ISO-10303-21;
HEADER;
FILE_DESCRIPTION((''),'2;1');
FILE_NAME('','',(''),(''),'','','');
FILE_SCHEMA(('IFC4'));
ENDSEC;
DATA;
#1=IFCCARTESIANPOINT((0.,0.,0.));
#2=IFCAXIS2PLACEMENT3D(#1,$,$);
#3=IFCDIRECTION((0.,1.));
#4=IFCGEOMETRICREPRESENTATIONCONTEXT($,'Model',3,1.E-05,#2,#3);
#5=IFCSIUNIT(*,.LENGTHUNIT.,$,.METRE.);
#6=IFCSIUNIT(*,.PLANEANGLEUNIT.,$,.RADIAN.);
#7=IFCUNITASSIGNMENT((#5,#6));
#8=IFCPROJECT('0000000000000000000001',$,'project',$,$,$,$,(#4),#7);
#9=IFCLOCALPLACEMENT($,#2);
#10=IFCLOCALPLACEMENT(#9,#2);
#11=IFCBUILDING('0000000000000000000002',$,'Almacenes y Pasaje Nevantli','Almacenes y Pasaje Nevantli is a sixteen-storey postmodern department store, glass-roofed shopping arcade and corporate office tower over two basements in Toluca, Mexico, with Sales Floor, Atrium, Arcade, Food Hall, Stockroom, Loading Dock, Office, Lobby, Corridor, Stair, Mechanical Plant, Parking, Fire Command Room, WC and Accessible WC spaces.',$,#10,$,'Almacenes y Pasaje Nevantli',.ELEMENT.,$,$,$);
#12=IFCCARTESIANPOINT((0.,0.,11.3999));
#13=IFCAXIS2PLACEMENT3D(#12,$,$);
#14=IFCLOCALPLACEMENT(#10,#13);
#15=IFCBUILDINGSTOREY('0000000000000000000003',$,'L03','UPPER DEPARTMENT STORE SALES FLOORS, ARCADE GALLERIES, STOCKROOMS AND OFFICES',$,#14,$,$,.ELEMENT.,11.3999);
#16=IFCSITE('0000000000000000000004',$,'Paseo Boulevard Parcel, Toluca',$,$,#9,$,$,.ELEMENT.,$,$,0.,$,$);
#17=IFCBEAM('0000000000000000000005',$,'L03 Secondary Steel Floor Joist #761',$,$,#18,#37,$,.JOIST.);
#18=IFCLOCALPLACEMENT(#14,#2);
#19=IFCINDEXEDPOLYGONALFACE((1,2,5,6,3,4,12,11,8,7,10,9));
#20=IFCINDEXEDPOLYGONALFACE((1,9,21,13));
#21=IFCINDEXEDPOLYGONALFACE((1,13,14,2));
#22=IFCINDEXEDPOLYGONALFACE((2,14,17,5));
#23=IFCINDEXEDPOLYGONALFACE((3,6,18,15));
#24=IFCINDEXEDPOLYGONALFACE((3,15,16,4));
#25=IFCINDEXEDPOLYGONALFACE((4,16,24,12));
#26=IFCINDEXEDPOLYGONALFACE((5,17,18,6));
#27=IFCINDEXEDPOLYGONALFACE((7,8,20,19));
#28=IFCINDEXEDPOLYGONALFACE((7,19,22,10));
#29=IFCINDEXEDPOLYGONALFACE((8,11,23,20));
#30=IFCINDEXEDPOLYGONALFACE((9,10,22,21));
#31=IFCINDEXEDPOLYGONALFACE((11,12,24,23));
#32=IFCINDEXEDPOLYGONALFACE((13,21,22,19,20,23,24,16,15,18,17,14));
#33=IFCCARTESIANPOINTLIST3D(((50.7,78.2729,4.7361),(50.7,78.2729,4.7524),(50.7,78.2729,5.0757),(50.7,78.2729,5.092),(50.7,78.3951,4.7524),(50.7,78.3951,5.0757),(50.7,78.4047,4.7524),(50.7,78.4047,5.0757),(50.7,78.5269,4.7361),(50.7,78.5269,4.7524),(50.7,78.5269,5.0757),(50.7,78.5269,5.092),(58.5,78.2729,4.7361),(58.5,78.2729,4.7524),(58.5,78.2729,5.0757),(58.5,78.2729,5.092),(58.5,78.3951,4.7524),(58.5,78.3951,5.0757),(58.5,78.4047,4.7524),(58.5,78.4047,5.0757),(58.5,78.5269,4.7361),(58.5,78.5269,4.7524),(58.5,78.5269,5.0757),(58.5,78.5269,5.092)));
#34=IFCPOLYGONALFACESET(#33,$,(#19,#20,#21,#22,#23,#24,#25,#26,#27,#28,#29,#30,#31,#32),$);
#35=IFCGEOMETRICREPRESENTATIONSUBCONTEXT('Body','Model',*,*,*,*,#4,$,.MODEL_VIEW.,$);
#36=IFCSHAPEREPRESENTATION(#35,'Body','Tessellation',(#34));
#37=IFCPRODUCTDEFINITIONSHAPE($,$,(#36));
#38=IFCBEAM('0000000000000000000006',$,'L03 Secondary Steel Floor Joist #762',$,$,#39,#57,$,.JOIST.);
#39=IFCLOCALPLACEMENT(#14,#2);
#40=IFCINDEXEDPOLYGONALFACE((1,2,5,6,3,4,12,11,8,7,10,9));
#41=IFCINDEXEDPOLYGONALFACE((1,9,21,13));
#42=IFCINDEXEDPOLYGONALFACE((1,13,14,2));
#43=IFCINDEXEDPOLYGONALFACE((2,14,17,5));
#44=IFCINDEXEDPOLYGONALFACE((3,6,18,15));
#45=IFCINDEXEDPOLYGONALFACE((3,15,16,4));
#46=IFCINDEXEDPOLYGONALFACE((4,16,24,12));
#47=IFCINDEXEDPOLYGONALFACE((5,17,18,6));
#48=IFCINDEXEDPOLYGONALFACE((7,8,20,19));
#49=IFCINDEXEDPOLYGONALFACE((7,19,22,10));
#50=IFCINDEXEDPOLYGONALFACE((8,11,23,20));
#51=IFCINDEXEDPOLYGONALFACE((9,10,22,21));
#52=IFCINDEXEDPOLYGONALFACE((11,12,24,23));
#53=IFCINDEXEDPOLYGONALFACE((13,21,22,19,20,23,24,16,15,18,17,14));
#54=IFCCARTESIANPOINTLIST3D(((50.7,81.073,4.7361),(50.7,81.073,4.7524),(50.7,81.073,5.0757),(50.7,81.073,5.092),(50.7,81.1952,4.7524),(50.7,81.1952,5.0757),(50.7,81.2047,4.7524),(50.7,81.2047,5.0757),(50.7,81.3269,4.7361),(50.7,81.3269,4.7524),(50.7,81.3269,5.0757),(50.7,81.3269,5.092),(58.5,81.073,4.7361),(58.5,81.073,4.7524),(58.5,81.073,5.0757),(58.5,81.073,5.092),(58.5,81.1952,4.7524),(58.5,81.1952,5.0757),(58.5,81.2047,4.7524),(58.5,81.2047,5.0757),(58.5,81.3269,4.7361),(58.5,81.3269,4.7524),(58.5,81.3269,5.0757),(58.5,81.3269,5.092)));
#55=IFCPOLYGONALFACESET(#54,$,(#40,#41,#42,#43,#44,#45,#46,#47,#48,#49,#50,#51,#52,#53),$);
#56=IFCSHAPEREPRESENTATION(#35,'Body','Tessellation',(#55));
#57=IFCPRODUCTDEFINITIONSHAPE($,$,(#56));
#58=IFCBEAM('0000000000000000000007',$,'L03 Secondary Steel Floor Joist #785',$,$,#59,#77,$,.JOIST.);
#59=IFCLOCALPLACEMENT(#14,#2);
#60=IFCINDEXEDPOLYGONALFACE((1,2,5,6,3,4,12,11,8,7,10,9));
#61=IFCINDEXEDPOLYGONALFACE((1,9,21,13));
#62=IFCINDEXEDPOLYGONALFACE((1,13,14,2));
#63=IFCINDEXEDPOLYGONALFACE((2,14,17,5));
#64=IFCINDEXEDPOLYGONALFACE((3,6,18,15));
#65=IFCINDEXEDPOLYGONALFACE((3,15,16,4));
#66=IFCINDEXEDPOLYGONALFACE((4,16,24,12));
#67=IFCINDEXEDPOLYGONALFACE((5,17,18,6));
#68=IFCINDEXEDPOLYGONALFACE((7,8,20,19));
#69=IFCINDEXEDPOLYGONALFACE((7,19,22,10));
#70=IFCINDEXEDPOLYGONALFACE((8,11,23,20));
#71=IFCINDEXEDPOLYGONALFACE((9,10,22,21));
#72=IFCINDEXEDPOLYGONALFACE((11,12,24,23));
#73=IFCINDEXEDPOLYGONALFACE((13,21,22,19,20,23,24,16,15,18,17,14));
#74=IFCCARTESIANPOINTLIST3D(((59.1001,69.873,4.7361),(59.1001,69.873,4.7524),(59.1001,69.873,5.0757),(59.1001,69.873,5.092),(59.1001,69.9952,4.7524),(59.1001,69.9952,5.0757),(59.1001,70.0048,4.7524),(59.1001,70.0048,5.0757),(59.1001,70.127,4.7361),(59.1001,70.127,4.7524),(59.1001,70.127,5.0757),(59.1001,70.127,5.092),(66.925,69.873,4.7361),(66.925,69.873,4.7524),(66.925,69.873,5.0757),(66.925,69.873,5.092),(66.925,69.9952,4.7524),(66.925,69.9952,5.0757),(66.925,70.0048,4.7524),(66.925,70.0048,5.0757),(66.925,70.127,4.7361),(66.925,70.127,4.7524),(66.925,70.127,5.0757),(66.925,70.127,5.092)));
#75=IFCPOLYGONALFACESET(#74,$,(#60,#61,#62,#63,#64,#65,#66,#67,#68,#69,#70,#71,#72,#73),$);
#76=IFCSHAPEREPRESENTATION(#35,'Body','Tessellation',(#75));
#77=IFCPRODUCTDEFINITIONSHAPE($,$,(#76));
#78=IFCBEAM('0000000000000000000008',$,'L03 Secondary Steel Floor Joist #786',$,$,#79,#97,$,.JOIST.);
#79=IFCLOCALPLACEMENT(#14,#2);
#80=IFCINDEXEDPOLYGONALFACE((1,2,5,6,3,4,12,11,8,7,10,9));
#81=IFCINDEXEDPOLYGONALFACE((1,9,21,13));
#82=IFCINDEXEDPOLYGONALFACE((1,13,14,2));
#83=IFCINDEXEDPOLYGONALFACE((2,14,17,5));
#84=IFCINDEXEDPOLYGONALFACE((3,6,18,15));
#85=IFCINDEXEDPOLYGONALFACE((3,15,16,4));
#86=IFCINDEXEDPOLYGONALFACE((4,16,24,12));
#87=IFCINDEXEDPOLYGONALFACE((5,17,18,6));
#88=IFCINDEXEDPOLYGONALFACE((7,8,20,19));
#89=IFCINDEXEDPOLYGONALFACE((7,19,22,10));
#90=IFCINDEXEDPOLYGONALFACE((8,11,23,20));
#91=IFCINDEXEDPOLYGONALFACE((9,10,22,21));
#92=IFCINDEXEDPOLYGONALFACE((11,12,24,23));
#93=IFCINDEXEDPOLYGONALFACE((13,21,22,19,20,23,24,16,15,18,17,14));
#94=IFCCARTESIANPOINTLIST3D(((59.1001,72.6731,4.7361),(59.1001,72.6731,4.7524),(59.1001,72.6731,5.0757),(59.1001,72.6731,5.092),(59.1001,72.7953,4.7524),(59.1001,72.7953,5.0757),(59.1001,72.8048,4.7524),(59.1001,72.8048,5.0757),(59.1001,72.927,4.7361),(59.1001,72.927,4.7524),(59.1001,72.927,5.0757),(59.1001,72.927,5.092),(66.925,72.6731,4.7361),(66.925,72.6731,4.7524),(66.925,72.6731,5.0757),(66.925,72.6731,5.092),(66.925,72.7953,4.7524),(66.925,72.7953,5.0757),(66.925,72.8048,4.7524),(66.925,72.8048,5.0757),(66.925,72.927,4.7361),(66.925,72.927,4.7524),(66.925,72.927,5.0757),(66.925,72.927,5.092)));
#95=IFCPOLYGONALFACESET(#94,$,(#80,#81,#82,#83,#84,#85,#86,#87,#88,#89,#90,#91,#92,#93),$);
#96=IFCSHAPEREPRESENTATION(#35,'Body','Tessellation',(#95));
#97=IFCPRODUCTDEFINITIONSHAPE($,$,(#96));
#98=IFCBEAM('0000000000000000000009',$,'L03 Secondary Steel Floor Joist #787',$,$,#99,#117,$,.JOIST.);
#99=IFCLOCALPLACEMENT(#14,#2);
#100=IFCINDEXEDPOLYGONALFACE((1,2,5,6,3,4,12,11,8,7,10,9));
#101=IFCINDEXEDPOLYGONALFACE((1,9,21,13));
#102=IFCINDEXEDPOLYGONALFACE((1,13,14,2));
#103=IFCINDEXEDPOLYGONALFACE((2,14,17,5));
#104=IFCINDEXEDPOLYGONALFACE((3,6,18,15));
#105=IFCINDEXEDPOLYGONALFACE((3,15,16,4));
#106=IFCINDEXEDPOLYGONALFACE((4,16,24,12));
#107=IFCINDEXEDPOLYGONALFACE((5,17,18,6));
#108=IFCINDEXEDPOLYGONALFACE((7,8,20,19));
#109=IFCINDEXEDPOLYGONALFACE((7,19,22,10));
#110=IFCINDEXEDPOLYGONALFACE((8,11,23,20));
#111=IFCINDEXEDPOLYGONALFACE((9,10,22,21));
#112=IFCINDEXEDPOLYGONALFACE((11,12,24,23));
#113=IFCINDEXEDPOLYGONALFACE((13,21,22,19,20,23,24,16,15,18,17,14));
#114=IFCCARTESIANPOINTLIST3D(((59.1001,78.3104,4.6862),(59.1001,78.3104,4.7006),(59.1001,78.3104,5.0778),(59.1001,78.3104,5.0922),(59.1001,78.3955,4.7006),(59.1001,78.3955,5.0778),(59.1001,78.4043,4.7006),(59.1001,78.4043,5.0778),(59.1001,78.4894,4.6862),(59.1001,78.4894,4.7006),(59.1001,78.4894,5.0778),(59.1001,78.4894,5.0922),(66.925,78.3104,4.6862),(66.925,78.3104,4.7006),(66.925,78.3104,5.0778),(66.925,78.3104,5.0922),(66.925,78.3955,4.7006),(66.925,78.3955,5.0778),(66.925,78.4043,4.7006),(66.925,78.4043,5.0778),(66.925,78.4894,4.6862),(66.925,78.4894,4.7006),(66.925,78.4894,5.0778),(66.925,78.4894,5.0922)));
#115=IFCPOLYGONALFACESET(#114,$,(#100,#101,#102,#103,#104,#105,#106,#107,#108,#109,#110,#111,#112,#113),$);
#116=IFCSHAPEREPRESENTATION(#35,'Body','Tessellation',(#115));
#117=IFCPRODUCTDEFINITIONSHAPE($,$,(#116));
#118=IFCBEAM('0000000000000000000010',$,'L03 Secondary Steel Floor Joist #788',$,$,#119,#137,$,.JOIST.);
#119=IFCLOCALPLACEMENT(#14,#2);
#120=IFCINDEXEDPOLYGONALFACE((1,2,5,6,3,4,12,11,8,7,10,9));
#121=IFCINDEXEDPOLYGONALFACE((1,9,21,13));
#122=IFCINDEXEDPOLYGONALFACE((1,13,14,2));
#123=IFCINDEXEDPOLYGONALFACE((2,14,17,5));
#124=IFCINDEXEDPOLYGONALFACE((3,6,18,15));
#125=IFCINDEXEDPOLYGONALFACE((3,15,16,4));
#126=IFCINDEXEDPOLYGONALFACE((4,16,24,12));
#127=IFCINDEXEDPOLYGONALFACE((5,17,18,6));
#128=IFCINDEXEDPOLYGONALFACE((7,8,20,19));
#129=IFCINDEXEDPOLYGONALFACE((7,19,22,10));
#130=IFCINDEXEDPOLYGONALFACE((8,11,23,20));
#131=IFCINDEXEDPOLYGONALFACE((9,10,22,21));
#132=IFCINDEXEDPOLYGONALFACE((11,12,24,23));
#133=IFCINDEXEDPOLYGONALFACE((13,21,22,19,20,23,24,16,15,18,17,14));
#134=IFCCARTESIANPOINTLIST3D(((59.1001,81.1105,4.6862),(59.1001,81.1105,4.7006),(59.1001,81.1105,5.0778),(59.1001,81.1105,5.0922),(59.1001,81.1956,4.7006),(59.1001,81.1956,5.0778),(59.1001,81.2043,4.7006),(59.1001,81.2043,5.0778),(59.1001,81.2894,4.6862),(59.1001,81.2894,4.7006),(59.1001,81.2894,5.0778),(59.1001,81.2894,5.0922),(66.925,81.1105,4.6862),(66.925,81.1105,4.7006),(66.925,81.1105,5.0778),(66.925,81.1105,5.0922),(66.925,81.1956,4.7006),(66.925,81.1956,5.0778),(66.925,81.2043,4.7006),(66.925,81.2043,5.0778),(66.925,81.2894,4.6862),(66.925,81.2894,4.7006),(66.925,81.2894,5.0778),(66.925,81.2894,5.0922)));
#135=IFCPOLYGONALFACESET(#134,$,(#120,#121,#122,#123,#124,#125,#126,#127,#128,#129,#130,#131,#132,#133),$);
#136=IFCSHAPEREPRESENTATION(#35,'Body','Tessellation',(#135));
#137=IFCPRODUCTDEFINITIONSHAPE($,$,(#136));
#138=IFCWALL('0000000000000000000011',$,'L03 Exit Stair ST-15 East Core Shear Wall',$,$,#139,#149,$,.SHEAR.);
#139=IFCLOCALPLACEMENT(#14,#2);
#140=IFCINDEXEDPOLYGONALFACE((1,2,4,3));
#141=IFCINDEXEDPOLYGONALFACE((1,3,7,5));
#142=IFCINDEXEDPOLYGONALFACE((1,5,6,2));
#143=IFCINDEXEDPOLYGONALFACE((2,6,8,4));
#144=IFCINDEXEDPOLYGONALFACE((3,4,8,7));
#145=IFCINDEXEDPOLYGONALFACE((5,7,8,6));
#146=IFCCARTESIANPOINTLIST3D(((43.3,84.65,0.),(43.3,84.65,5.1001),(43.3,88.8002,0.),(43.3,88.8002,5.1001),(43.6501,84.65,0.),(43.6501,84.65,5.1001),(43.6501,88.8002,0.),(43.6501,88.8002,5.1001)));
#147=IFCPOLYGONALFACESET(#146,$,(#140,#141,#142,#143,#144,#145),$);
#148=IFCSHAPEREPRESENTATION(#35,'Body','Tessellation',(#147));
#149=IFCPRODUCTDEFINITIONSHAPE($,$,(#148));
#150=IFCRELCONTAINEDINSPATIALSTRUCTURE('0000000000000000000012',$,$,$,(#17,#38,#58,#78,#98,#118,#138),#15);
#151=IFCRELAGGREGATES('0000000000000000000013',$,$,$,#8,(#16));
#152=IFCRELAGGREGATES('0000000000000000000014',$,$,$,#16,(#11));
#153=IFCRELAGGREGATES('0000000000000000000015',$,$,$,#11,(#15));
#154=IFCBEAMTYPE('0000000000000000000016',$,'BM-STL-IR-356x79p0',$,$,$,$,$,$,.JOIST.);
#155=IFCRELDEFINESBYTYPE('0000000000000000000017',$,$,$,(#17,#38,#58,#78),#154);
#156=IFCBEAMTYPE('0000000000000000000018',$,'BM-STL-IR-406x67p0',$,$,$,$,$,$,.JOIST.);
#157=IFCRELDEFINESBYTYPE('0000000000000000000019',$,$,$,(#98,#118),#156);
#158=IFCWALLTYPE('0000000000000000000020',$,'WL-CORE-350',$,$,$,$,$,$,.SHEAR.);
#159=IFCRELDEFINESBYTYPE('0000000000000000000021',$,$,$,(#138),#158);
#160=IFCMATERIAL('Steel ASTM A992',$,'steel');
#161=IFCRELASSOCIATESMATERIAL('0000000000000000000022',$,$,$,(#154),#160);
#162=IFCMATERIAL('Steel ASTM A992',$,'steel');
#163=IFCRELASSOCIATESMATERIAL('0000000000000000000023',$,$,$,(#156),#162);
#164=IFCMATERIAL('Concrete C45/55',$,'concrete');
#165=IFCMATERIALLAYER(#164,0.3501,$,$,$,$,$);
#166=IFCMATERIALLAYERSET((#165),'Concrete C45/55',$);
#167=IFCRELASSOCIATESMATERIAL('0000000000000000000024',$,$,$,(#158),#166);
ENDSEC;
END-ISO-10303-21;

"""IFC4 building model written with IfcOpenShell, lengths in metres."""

from ifc_helpers import new_model, si_unit, direction, frame, frame_2d, origin, origin_2d, place, context, subcontext, project, spatial, rectangle, i_section, extrude, material, layer, layer_set, material_profile, profile_set, type_object, element, save


model = new_model("IFC4")

# Units and contexts
model_context = context("Model", 3, precision=1e-05, world=origin(), true_north=direction((0.0, 1.0)))
body_context = subcontext(model_context, "Body", "Model", "MODEL_VIEW")
ifc_project = project(units=[si_unit("LENGTHUNIT", "METRE"), si_unit("PLANEANGLEUNIT", "RADIAN")], contexts=[model_context])

# Site, building, storey
site_placement = place(None, origin())
site = spatial("IfcSite", under=ifc_project, at=site_placement, Name="Paseo Boulevard Parcel, Toluca", CompositionType="ELEMENT", RefElevation=0.0)
building_placement = place(site_placement, origin())
building = spatial("IfcBuilding", under=site, at=building_placement, Name="Almacenes y Pasaje Nevantli", Description="Almacenes y Pasaje Nevantli is a sixteen-storey postmodern department store, glass-roofed shopping arcade and corporate office tower over two basements in Toluca, Mexico, with Sales Floor, Atrium, Arcade, Food Hall, Stockroom, Loading Dock, Office, Lobby, Corridor, Stair, Mechanical Plant, Parking, Fire Command Room, WC and Accessible WC spaces.", LongName="Almacenes y Pasaje Nevantli", CompositionType="ELEMENT")
storey_placement = place(building_placement, frame((0.0, 0.0, 11.3999)))
storey = spatial("IfcBuildingStorey", under=building, at=storey_placement, Name="L03", Description="UPPER DEPARTMENT STORE SALES FLOORS, ARCADE GALLERIES, STOCKROOMS AND OFFICES", CompositionType="ELEMENT", Elevation=11.3999)

# Beams
ifc_material_1 = material(Name="Steel ASTM A992", Category="steel")
ifc_material_profile_1 = material_profile(ifc_material_1, i_section(OverallWidth=0.2539, OverallDepth=0.356, WebThickness=0.0095, FlangeThickness=0.0164, at=origin_2d()), Name="IR 356x79.0")
ifc_profile_set_1 = profile_set([ifc_material_profile_1], Name="Steel ASTM A992")
beam_type_1 = type_object("IfcBeamType", Name="BM-STL-IR-356x79p0", PredefinedType="JOIST", material=ifc_profile_set_1)
for number, where, z_axis, x_axis, name in (
    (1, (50.7, 78.3999, 4.9141), (1.0, 0.0, 0.0), (0.0, 1.0, 0.0), "L03 Secondary Steel Floor Joist #761"),
    (2, (50.7, 81.2, 4.9141), (1.0, 0.0, 0.0), (0.0, 1.0, 0.0), "L03 Secondary Steel Floor Joist #762"),
):
    element("IfcBeam", number, at=place(storey_placement, frame(where, z_axis=z_axis, x_axis=x_axis)), inside=storey, type_object=beam_type_1, Name=name, PredefinedType="JOIST", context=body_context, shape_type="SweptSolid", body=[
        extrude(i_section(OverallWidth=0.2539, OverallDepth=0.356, WebThickness=0.0095, FlangeThickness=0.0164, at=origin_2d()), origin(), (0.0, 0.0, 1.0), 7.8),
    ])
for number, where, z_axis, x_axis, name in (
    (3, (59.1001, 70.0, 4.9141), (1.0, 0.0, 0.0), (0.0, 1.0, 0.0), "L03 Secondary Steel Floor Joist #785"),
    (4, (59.1001, 72.8, 4.9141), (1.0, 0.0, 0.0), (0.0, 1.0, 0.0), "L03 Secondary Steel Floor Joist #786"),
):
    element("IfcBeam", number, at=place(storey_placement, frame(where, z_axis=z_axis, x_axis=x_axis)), inside=storey, type_object=beam_type_1, Name=name, PredefinedType="JOIST", context=body_context, shape_type="SweptSolid", body=[
        extrude(i_section(OverallWidth=0.2539, OverallDepth=0.356, WebThickness=0.0095, FlangeThickness=0.0164, at=origin_2d()), origin(), (0.0, 0.0, 1.0), 7.825),
    ])
ifc_material_2 = material(Name="Steel ASTM A992", Category="steel")
ifc_material_profile_2 = material_profile(ifc_material_2, i_section(OverallWidth=0.179, OverallDepth=0.406, WebThickness=0.0088, FlangeThickness=0.0144, at=origin_2d()), Name="IR 406x67.0")
ifc_profile_set_2 = profile_set([ifc_material_profile_2], Name="Steel ASTM A992")
beam_type_2 = type_object("IfcBeamType", Name="BM-STL-IR-406x67p0", PredefinedType="JOIST", material=ifc_profile_set_2)
for number, where, z_axis, x_axis, name in (
    (5, (59.1001, 78.3999, 4.8892), (1.0, 0.0, 0.0), (0.0, 1.0, 0.0), "L03 Secondary Steel Floor Joist #787"),
    (6, (59.1001, 81.2, 4.8892), (1.0, 0.0, 0.0), (0.0, 1.0, 0.0), "L03 Secondary Steel Floor Joist #788"),
):
    element("IfcBeam", number, at=place(storey_placement, frame(where, z_axis=z_axis, x_axis=x_axis)), inside=storey, type_object=beam_type_2, Name=name, PredefinedType="JOIST", context=body_context, shape_type="SweptSolid", body=[
        extrude(i_section(OverallWidth=0.179, OverallDepth=0.406, WebThickness=0.0088, FlangeThickness=0.0144, at=origin_2d()), origin(), (0.0, 0.0, 1.0), 7.825),
    ])

# Wall
ifc_material_3 = material(Name="Concrete C45/55", Category="concrete")
ifc_layer = layer(ifc_material_3, 0.3501)
ifc_layer_set = layer_set([ifc_layer], Name="Concrete C45/55")
wall_type = type_object("IfcWallType", Name="WL-CORE-350", PredefinedType="SHEAR", material=ifc_layer_set)
wall_placement = place(storey_placement, frame((43.4751, 84.6499, 0.0), z_axis=(0.0, 0.0, 1.0), x_axis=(0.0, 1.0, 0.0)))
element("IfcWall", 7, at=wall_placement, inside=storey, type_object=wall_type, Name="L03 Exit Stair ST-15 East Core Shear Wall", PredefinedType="SHEAR", context=body_context, shape_type="SweptSolid", body=[
    extrude(rectangle(XDim=4.1501, YDim=0.3501, at=frame_2d((2.0752, 0.0))), origin(), (0.0, 0.0, 1.0), 5.1001),
])

save(model, "model.ifc")
